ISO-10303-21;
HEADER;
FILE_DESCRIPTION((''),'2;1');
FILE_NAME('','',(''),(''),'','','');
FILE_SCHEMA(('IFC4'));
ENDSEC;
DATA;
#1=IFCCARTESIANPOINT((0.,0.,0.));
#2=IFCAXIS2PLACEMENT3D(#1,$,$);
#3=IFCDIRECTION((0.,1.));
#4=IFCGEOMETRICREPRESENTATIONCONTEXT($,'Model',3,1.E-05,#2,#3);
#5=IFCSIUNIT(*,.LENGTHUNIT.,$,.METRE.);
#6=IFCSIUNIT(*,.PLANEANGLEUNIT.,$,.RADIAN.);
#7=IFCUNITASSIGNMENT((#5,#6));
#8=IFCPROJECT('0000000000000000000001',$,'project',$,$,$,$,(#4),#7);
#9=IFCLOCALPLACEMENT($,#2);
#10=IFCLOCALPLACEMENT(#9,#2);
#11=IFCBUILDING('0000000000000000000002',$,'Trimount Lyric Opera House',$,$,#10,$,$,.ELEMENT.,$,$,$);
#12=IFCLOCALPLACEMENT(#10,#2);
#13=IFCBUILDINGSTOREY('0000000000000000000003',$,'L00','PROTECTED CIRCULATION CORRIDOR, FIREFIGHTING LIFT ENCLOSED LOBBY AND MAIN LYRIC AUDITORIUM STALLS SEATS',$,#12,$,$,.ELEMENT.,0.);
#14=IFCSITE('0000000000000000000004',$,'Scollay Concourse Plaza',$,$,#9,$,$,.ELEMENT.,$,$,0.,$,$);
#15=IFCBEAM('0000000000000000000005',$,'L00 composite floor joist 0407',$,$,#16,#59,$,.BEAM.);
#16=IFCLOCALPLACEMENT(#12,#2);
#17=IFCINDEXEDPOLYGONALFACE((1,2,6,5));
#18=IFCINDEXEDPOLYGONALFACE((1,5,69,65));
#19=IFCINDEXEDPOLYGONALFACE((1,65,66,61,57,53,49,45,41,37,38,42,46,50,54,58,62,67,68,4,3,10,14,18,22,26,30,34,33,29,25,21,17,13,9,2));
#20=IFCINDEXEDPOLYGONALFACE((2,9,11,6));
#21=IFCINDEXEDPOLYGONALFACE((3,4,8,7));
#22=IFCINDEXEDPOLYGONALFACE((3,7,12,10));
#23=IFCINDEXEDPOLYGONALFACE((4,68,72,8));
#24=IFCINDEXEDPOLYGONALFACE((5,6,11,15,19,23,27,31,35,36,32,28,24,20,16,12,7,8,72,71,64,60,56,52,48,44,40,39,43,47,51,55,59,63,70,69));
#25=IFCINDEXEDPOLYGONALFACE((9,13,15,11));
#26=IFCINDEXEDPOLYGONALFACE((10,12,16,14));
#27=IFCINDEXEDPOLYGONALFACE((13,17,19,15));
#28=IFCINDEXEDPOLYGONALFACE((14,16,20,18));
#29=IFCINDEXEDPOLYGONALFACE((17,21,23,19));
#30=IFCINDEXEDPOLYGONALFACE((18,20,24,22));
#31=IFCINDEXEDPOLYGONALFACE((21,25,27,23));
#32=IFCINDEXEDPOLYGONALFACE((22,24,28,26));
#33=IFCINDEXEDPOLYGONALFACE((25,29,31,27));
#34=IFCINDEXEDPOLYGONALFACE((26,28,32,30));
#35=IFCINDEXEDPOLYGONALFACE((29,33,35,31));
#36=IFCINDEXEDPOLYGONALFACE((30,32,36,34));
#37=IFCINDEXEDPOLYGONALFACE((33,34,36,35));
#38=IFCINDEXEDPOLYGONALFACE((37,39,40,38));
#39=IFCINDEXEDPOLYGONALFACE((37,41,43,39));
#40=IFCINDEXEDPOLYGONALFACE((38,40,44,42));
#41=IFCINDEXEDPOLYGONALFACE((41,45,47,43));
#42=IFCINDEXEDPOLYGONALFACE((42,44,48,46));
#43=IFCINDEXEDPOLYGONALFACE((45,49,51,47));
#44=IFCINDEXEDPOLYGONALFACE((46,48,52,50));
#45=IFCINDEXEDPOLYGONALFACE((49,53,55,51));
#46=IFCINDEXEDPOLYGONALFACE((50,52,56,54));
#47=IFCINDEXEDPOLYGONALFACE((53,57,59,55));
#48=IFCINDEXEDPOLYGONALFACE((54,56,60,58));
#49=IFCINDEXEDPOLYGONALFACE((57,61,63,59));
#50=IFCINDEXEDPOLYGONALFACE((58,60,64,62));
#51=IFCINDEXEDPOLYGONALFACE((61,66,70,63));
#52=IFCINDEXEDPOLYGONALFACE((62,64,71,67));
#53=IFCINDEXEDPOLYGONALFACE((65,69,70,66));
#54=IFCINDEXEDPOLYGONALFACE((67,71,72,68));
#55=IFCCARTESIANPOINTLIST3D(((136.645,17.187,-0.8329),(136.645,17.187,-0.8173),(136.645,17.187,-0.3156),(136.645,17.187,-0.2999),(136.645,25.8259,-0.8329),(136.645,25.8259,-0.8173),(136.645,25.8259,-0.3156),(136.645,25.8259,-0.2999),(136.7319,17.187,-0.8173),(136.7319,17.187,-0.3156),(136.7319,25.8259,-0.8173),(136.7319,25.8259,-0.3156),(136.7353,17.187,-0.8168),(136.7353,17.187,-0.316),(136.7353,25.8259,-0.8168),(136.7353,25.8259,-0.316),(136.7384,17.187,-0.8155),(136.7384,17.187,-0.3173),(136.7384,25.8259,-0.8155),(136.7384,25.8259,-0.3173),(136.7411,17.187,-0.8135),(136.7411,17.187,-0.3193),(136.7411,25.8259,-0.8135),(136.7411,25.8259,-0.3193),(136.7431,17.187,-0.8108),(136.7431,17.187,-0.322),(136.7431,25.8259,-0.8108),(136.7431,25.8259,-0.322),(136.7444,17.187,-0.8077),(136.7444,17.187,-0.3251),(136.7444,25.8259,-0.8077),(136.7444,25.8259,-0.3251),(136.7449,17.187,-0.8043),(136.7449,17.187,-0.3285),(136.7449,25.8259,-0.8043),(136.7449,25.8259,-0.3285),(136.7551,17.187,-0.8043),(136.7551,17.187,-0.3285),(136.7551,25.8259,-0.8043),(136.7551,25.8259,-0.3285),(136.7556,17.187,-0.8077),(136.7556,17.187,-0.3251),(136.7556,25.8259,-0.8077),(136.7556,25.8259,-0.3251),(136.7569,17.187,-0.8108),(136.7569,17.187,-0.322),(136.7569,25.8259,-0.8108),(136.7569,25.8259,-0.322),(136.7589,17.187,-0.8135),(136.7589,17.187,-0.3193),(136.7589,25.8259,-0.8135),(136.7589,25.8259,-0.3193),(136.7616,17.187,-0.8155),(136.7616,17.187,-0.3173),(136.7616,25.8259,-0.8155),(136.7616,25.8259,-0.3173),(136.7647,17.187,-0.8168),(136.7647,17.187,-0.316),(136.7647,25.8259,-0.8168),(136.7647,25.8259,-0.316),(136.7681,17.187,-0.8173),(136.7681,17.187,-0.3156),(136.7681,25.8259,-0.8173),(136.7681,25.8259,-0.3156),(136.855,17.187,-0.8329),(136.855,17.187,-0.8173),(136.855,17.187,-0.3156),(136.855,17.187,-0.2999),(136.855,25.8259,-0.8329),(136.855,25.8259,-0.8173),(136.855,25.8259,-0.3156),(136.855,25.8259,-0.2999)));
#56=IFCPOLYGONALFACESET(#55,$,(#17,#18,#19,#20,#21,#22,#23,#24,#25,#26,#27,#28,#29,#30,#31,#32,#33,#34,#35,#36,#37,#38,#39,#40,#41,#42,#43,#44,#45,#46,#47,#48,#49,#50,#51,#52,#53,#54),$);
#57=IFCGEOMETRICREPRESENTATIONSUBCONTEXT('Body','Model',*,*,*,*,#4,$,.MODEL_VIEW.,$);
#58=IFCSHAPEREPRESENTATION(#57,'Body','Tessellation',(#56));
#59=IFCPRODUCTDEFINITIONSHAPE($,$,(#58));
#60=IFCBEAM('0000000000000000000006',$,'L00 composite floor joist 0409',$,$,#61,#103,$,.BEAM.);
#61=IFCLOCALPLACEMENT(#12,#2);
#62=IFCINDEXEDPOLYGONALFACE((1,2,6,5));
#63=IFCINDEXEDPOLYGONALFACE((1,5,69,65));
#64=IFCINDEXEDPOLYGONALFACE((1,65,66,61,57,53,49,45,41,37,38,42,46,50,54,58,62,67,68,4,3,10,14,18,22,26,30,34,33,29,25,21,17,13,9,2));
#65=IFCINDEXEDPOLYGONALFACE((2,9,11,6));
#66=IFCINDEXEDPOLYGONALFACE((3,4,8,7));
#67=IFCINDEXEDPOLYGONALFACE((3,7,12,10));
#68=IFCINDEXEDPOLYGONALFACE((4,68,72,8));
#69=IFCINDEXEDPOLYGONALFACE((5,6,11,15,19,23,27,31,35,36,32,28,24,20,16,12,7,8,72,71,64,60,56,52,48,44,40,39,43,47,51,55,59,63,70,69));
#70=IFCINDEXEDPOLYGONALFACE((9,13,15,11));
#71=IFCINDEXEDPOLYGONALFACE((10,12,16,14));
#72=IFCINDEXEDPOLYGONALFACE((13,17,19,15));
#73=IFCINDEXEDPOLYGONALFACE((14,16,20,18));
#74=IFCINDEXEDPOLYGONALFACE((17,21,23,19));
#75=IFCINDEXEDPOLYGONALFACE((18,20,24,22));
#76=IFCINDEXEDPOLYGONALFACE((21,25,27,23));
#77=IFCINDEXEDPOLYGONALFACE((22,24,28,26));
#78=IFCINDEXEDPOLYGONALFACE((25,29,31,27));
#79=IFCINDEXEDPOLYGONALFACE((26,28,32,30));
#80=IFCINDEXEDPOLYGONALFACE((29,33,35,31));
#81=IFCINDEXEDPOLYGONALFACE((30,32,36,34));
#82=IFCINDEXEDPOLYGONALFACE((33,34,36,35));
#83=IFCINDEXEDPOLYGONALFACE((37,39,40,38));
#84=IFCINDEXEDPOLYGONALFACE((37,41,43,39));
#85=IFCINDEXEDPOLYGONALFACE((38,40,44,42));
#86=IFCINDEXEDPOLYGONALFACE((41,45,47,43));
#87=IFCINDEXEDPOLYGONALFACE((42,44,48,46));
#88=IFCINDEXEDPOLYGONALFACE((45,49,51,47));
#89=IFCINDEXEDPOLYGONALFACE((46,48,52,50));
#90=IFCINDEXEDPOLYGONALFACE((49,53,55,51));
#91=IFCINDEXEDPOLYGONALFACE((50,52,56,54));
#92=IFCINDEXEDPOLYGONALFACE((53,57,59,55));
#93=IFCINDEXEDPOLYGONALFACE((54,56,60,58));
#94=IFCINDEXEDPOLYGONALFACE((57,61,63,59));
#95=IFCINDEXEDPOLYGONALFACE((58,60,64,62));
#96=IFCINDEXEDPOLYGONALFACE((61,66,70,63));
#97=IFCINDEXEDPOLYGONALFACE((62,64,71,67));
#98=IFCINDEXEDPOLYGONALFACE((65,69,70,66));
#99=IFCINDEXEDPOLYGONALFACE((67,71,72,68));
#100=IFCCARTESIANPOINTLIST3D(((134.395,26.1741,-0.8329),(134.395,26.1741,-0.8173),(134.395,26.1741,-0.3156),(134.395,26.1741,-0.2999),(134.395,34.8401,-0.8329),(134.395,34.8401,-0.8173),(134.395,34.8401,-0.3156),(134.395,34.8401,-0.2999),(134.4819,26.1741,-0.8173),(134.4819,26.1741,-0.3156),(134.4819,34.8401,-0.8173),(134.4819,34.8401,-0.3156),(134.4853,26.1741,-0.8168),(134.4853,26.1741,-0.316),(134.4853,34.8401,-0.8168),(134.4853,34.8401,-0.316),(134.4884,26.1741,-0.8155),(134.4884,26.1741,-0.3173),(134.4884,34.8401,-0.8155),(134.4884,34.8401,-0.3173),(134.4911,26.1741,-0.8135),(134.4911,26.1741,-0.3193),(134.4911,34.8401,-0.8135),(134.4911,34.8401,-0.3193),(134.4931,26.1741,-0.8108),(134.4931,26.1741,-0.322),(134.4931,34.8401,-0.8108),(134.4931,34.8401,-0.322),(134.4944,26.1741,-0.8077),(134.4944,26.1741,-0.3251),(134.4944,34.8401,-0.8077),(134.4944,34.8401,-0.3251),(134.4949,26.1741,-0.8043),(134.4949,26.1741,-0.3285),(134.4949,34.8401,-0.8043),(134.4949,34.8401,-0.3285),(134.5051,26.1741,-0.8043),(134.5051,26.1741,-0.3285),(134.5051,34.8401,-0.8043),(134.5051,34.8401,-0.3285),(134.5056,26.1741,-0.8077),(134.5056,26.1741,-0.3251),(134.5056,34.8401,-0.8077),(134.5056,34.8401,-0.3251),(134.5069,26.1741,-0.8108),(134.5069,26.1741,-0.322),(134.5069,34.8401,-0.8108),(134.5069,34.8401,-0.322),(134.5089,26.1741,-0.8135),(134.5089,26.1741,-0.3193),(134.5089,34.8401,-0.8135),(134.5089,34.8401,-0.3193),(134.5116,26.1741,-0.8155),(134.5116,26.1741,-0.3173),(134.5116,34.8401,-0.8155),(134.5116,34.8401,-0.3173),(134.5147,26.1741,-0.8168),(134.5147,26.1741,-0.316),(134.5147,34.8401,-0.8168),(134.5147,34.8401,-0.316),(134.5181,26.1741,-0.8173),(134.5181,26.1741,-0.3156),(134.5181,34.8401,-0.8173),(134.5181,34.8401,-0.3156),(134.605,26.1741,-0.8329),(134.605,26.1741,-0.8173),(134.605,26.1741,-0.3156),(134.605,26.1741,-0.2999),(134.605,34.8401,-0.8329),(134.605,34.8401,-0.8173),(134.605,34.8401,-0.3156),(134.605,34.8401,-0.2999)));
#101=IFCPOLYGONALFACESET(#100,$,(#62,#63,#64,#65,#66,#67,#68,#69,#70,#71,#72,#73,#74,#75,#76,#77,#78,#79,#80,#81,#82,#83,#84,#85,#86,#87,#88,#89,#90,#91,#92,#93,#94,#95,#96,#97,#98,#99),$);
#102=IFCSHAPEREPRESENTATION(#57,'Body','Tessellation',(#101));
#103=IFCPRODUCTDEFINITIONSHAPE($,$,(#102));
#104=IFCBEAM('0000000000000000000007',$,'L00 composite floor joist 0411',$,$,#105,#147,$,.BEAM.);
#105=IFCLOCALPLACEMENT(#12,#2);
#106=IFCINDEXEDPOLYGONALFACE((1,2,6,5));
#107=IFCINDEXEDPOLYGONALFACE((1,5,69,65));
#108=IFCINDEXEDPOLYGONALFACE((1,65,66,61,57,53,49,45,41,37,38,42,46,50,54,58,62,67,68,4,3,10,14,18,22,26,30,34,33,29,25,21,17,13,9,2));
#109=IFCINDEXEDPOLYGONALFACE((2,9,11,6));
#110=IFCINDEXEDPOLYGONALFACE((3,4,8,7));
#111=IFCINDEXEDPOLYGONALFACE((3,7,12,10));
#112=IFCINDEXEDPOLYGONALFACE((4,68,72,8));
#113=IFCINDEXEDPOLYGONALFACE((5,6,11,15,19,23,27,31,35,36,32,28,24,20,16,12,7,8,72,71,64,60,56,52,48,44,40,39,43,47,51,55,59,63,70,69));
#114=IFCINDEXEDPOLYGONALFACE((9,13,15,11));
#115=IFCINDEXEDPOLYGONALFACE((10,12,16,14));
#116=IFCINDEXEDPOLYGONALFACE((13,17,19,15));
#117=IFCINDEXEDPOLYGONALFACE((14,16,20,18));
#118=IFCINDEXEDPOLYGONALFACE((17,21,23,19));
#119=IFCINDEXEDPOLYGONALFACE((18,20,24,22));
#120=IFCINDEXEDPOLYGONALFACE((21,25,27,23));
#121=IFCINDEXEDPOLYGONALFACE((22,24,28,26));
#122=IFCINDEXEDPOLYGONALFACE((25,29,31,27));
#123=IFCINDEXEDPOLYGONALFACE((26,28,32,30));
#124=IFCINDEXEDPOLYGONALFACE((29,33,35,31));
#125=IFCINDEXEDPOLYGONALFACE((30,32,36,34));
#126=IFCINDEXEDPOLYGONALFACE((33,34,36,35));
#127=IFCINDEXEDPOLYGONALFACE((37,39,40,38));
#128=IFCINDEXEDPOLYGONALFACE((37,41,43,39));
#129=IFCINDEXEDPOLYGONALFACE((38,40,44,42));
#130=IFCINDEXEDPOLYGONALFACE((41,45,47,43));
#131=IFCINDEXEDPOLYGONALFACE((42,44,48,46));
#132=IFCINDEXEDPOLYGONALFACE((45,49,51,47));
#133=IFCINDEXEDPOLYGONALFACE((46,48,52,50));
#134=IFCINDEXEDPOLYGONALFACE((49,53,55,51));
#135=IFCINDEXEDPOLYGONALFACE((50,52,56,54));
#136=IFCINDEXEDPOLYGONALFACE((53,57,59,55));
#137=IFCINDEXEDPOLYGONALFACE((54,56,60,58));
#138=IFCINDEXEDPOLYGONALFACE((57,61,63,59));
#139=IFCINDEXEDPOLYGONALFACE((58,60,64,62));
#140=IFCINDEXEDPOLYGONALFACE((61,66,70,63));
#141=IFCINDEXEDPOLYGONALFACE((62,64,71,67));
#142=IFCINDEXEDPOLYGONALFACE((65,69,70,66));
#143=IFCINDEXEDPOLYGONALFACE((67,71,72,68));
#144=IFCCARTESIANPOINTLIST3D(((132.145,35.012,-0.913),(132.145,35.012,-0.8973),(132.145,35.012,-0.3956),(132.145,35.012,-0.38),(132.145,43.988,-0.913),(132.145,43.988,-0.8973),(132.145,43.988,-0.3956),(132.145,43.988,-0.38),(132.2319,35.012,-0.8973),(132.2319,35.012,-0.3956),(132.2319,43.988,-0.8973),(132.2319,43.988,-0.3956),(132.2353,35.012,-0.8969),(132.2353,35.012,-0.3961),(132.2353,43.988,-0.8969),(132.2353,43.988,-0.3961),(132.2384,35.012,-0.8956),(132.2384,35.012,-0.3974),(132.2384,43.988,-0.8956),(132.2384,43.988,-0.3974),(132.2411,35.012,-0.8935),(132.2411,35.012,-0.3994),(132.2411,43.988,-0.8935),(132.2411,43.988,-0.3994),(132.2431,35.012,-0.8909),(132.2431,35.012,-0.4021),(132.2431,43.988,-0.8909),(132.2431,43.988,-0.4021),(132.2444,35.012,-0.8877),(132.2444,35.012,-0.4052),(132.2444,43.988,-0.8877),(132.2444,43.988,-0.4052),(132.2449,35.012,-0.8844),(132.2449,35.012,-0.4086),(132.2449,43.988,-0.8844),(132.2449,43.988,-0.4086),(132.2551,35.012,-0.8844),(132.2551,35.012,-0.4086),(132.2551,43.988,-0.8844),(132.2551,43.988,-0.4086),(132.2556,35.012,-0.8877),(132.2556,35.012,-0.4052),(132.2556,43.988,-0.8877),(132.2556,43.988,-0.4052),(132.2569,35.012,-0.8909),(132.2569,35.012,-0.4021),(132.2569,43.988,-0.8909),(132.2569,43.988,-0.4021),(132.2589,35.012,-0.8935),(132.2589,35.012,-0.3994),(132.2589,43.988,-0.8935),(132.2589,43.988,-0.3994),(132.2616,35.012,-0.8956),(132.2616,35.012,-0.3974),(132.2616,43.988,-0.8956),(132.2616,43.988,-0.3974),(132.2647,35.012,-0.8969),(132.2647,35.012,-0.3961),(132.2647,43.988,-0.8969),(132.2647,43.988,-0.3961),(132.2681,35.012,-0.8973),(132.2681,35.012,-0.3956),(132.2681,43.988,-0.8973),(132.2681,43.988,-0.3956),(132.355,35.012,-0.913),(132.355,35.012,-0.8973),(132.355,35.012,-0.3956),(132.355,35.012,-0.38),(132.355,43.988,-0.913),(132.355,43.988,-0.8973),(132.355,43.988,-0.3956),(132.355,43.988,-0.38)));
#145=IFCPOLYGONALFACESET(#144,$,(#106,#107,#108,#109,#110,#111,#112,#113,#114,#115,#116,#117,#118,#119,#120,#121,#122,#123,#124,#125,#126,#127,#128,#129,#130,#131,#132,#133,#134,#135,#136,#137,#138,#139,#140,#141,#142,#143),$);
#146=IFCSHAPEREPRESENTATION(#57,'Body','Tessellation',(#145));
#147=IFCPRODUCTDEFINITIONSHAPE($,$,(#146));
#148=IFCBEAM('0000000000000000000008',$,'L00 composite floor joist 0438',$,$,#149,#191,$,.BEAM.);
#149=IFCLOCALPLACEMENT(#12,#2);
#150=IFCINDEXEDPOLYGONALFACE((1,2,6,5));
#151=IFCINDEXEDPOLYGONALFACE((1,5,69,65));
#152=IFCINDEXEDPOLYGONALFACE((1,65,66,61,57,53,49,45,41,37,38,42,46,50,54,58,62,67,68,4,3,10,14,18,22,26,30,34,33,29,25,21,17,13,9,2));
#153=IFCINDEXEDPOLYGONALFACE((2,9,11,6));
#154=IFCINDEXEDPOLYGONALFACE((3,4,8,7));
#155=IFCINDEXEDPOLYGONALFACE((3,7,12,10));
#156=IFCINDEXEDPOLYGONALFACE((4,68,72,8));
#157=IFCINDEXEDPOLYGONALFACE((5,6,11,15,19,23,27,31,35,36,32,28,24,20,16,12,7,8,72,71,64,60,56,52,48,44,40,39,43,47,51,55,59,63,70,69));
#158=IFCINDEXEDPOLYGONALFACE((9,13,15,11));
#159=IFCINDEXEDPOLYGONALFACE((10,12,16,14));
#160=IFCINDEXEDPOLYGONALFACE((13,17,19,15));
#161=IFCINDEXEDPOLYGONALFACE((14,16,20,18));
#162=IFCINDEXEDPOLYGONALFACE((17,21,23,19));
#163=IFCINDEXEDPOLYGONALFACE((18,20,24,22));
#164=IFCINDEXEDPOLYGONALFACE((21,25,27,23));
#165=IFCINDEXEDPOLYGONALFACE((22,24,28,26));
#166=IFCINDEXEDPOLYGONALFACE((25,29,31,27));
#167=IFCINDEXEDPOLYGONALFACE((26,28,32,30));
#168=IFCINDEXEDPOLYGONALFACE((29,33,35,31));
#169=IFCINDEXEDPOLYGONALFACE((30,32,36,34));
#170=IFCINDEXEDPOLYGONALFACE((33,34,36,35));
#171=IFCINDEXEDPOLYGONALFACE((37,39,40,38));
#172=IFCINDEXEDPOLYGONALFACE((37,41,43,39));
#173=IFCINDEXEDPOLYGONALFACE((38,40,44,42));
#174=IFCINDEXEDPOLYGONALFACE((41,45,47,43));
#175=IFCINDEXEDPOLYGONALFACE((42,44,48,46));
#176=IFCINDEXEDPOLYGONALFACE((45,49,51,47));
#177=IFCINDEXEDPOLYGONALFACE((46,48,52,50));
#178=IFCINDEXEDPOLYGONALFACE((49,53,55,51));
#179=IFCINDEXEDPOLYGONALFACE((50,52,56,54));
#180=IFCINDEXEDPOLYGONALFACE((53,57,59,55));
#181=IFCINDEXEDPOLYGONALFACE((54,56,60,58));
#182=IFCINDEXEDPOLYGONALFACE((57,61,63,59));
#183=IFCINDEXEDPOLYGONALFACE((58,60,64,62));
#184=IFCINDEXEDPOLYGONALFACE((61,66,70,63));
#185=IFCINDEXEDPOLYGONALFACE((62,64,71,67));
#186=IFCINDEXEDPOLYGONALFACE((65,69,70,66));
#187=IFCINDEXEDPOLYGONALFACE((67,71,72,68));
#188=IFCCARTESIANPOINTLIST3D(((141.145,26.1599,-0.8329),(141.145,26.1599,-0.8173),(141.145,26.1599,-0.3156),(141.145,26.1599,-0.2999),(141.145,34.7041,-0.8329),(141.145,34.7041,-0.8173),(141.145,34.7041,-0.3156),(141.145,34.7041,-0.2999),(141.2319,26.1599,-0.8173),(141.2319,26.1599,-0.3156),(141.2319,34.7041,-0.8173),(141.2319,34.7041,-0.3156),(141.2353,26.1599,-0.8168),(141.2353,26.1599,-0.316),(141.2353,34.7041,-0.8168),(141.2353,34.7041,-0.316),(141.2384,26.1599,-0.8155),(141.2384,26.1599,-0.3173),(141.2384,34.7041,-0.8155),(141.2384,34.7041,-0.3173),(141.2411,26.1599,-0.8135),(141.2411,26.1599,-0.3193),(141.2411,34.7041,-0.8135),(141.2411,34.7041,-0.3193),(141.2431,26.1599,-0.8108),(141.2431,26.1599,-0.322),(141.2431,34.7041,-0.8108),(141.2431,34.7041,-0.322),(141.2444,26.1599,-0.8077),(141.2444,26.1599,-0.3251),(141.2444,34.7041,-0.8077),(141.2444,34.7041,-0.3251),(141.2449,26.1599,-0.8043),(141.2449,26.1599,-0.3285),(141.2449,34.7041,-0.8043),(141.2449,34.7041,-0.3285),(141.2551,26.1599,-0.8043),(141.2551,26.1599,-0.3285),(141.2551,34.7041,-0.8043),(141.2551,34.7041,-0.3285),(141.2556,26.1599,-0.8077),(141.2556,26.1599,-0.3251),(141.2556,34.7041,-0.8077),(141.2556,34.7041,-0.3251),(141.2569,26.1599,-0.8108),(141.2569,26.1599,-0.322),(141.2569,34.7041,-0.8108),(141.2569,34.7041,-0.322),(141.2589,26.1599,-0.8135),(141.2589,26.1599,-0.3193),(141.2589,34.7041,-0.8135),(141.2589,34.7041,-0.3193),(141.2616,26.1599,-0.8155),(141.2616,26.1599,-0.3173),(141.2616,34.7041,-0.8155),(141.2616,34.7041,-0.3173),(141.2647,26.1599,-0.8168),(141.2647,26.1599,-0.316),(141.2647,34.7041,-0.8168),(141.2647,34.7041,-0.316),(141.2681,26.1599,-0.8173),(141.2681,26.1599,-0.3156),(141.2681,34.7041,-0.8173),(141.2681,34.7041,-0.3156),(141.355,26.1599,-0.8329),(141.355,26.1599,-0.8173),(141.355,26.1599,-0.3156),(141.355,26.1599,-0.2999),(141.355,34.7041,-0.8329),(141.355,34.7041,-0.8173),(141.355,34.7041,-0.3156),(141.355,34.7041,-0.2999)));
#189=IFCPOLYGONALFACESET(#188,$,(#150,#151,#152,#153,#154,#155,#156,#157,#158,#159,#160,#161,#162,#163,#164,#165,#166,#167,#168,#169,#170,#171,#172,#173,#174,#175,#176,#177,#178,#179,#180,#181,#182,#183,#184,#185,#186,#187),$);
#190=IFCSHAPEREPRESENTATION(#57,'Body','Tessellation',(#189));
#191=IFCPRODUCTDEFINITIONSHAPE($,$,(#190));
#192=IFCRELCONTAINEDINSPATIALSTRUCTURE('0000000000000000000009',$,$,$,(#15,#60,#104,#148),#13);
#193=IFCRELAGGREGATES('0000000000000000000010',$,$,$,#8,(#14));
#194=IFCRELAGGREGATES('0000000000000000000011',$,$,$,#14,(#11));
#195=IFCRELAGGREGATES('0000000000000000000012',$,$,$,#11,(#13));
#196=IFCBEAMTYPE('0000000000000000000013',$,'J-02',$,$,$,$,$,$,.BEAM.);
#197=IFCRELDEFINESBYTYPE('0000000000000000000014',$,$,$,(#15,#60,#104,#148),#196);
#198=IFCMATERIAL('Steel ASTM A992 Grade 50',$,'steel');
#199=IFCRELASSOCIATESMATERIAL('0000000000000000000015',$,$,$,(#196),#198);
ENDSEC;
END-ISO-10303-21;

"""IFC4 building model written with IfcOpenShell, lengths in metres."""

from ifc_helpers import new_model, si_unit, direction, frame, origin, origin_2d, place, context, subcontext, project, spatial, i_section, extrude, material, material_profile, profile_set, type_object, element, save


model = new_model("IFC4")

# Units and contexts
model_context = context("Model", 3, precision=1e-05, world=origin(), true_north=direction((0.0, 1.0)))
body_context = subcontext(model_context, "Body", "Model", "MODEL_VIEW")
ifc_project = project(units=[si_unit("LENGTHUNIT", "METRE"), si_unit("PLANEANGLEUNIT", "RADIAN")], contexts=[model_context])

# Site, building, storey
site_placement = place(None, origin())
site = spatial("IfcSite", under=ifc_project, at=site_placement, Name="Scollay Concourse Plaza", CompositionType="ELEMENT", RefElevation=0.0)
building_placement = place(site_placement, origin())
building = spatial("IfcBuilding", under=site, at=building_placement, Name="Trimount Lyric Opera House", CompositionType="ELEMENT")
storey_placement = place(building_placement, origin())
storey = spatial("IfcBuildingStorey", under=building, at=storey_placement, Name="L00", Description="PROTECTED CIRCULATION CORRIDOR, FIREFIGHTING LIFT ENCLOSED LOBBY AND MAIN LYRIC AUDITORIUM STALLS SEATS", CompositionType="ELEMENT", Elevation=0.0)

# Beams
ifc_material_1 = material(Name="Steel ASTM A992 Grade 50", Category="steel")
ifc_material_profile_1 = material_profile(ifc_material_1, i_section(OverallWidth=0.21, OverallDepth=0.533, WebThickness=0.0103, FlangeThickness=0.0156, FilletRadius=0.0129, at=origin_2d()), Name="W21X62")
ifc_profile_set_1 = profile_set([ifc_material_profile_1], Name="Steel ASTM A992 Grade 50")
beam_type_1 = type_object("IfcBeamType", Name="J-02", PredefinedType="BEAM", material=ifc_profile_set_1)
beam_1_placement = place(storey_placement, frame((136.75, 17.187, -0.5664), z_axis=(0.0, 1.0, 0.0), x_axis=(-1.0, 0.0, 0.0)))
element("IfcBeam", 1, at=beam_1_placement, inside=storey, type_object=beam_type_1, Name="L00 composite floor joist 0407", PredefinedType="BEAM", context=body_context, shape_type="SweptSolid", body=[
    extrude(i_section(OverallWidth=0.21, OverallDepth=0.533, WebThickness=0.0103, FlangeThickness=0.0156, FilletRadius=0.0129, at=origin_2d()), origin(), (0.0, 0.0, 1.0), 8.6389),
])
beam_2_placement = place(storey_placement, frame((134.5, 26.1741, -0.5664), z_axis=(0.0, 1.0, 0.0), x_axis=(-1.0, 0.0, 0.0)))
element("IfcBeam", 2, at=beam_2_placement, inside=storey, type_object=beam_type_1, Name="L00 composite floor joist 0409", PredefinedType="BEAM", context=body_context, shape_type="SweptSolid", body=[
    extrude(i_section(OverallWidth=0.21, OverallDepth=0.533, WebThickness=0.0103, FlangeThickness=0.0156, FilletRadius=0.0129, at=origin_2d()), origin(), (0.0, 0.0, 1.0), 8.666),
])
beam_3_placement = place(storey_placement, frame((132.25, 35.012, -0.6465), z_axis=(0.0, 1.0, 0.0), x_axis=(-1.0, 0.0, 0.0)))
element("IfcBeam", 3, at=beam_3_placement, inside=storey, type_object=beam_type_1, Name="L00 composite floor joist 0411", PredefinedType="BEAM", context=body_context, shape_type="SweptSolid", body=[
    extrude(i_section(OverallWidth=0.21, OverallDepth=0.533, WebThickness=0.0103, FlangeThickness=0.0156, FilletRadius=0.0129, at=origin_2d()), origin(), (0.0, 0.0, 1.0), 8.9761),
])
beam_4_placement = place(storey_placement, frame((141.25, 26.1599, -0.5664), z_axis=(0.0, 1.0, 0.0), x_axis=(-1.0, 0.0, 0.0)))
element("IfcBeam", 4, at=beam_4_placement, inside=storey, type_object=beam_type_1, Name="L00 composite floor joist 0438", PredefinedType="BEAM", context=body_context, shape_type="SweptSolid", body=[
    extrude(i_section(OverallWidth=0.21, OverallDepth=0.533, WebThickness=0.0103, FlangeThickness=0.0156, FilletRadius=0.0129, at=origin_2d()), origin(), (0.0, 0.0, 1.0), 8.5442),
])

save(model, "model.ifc")
